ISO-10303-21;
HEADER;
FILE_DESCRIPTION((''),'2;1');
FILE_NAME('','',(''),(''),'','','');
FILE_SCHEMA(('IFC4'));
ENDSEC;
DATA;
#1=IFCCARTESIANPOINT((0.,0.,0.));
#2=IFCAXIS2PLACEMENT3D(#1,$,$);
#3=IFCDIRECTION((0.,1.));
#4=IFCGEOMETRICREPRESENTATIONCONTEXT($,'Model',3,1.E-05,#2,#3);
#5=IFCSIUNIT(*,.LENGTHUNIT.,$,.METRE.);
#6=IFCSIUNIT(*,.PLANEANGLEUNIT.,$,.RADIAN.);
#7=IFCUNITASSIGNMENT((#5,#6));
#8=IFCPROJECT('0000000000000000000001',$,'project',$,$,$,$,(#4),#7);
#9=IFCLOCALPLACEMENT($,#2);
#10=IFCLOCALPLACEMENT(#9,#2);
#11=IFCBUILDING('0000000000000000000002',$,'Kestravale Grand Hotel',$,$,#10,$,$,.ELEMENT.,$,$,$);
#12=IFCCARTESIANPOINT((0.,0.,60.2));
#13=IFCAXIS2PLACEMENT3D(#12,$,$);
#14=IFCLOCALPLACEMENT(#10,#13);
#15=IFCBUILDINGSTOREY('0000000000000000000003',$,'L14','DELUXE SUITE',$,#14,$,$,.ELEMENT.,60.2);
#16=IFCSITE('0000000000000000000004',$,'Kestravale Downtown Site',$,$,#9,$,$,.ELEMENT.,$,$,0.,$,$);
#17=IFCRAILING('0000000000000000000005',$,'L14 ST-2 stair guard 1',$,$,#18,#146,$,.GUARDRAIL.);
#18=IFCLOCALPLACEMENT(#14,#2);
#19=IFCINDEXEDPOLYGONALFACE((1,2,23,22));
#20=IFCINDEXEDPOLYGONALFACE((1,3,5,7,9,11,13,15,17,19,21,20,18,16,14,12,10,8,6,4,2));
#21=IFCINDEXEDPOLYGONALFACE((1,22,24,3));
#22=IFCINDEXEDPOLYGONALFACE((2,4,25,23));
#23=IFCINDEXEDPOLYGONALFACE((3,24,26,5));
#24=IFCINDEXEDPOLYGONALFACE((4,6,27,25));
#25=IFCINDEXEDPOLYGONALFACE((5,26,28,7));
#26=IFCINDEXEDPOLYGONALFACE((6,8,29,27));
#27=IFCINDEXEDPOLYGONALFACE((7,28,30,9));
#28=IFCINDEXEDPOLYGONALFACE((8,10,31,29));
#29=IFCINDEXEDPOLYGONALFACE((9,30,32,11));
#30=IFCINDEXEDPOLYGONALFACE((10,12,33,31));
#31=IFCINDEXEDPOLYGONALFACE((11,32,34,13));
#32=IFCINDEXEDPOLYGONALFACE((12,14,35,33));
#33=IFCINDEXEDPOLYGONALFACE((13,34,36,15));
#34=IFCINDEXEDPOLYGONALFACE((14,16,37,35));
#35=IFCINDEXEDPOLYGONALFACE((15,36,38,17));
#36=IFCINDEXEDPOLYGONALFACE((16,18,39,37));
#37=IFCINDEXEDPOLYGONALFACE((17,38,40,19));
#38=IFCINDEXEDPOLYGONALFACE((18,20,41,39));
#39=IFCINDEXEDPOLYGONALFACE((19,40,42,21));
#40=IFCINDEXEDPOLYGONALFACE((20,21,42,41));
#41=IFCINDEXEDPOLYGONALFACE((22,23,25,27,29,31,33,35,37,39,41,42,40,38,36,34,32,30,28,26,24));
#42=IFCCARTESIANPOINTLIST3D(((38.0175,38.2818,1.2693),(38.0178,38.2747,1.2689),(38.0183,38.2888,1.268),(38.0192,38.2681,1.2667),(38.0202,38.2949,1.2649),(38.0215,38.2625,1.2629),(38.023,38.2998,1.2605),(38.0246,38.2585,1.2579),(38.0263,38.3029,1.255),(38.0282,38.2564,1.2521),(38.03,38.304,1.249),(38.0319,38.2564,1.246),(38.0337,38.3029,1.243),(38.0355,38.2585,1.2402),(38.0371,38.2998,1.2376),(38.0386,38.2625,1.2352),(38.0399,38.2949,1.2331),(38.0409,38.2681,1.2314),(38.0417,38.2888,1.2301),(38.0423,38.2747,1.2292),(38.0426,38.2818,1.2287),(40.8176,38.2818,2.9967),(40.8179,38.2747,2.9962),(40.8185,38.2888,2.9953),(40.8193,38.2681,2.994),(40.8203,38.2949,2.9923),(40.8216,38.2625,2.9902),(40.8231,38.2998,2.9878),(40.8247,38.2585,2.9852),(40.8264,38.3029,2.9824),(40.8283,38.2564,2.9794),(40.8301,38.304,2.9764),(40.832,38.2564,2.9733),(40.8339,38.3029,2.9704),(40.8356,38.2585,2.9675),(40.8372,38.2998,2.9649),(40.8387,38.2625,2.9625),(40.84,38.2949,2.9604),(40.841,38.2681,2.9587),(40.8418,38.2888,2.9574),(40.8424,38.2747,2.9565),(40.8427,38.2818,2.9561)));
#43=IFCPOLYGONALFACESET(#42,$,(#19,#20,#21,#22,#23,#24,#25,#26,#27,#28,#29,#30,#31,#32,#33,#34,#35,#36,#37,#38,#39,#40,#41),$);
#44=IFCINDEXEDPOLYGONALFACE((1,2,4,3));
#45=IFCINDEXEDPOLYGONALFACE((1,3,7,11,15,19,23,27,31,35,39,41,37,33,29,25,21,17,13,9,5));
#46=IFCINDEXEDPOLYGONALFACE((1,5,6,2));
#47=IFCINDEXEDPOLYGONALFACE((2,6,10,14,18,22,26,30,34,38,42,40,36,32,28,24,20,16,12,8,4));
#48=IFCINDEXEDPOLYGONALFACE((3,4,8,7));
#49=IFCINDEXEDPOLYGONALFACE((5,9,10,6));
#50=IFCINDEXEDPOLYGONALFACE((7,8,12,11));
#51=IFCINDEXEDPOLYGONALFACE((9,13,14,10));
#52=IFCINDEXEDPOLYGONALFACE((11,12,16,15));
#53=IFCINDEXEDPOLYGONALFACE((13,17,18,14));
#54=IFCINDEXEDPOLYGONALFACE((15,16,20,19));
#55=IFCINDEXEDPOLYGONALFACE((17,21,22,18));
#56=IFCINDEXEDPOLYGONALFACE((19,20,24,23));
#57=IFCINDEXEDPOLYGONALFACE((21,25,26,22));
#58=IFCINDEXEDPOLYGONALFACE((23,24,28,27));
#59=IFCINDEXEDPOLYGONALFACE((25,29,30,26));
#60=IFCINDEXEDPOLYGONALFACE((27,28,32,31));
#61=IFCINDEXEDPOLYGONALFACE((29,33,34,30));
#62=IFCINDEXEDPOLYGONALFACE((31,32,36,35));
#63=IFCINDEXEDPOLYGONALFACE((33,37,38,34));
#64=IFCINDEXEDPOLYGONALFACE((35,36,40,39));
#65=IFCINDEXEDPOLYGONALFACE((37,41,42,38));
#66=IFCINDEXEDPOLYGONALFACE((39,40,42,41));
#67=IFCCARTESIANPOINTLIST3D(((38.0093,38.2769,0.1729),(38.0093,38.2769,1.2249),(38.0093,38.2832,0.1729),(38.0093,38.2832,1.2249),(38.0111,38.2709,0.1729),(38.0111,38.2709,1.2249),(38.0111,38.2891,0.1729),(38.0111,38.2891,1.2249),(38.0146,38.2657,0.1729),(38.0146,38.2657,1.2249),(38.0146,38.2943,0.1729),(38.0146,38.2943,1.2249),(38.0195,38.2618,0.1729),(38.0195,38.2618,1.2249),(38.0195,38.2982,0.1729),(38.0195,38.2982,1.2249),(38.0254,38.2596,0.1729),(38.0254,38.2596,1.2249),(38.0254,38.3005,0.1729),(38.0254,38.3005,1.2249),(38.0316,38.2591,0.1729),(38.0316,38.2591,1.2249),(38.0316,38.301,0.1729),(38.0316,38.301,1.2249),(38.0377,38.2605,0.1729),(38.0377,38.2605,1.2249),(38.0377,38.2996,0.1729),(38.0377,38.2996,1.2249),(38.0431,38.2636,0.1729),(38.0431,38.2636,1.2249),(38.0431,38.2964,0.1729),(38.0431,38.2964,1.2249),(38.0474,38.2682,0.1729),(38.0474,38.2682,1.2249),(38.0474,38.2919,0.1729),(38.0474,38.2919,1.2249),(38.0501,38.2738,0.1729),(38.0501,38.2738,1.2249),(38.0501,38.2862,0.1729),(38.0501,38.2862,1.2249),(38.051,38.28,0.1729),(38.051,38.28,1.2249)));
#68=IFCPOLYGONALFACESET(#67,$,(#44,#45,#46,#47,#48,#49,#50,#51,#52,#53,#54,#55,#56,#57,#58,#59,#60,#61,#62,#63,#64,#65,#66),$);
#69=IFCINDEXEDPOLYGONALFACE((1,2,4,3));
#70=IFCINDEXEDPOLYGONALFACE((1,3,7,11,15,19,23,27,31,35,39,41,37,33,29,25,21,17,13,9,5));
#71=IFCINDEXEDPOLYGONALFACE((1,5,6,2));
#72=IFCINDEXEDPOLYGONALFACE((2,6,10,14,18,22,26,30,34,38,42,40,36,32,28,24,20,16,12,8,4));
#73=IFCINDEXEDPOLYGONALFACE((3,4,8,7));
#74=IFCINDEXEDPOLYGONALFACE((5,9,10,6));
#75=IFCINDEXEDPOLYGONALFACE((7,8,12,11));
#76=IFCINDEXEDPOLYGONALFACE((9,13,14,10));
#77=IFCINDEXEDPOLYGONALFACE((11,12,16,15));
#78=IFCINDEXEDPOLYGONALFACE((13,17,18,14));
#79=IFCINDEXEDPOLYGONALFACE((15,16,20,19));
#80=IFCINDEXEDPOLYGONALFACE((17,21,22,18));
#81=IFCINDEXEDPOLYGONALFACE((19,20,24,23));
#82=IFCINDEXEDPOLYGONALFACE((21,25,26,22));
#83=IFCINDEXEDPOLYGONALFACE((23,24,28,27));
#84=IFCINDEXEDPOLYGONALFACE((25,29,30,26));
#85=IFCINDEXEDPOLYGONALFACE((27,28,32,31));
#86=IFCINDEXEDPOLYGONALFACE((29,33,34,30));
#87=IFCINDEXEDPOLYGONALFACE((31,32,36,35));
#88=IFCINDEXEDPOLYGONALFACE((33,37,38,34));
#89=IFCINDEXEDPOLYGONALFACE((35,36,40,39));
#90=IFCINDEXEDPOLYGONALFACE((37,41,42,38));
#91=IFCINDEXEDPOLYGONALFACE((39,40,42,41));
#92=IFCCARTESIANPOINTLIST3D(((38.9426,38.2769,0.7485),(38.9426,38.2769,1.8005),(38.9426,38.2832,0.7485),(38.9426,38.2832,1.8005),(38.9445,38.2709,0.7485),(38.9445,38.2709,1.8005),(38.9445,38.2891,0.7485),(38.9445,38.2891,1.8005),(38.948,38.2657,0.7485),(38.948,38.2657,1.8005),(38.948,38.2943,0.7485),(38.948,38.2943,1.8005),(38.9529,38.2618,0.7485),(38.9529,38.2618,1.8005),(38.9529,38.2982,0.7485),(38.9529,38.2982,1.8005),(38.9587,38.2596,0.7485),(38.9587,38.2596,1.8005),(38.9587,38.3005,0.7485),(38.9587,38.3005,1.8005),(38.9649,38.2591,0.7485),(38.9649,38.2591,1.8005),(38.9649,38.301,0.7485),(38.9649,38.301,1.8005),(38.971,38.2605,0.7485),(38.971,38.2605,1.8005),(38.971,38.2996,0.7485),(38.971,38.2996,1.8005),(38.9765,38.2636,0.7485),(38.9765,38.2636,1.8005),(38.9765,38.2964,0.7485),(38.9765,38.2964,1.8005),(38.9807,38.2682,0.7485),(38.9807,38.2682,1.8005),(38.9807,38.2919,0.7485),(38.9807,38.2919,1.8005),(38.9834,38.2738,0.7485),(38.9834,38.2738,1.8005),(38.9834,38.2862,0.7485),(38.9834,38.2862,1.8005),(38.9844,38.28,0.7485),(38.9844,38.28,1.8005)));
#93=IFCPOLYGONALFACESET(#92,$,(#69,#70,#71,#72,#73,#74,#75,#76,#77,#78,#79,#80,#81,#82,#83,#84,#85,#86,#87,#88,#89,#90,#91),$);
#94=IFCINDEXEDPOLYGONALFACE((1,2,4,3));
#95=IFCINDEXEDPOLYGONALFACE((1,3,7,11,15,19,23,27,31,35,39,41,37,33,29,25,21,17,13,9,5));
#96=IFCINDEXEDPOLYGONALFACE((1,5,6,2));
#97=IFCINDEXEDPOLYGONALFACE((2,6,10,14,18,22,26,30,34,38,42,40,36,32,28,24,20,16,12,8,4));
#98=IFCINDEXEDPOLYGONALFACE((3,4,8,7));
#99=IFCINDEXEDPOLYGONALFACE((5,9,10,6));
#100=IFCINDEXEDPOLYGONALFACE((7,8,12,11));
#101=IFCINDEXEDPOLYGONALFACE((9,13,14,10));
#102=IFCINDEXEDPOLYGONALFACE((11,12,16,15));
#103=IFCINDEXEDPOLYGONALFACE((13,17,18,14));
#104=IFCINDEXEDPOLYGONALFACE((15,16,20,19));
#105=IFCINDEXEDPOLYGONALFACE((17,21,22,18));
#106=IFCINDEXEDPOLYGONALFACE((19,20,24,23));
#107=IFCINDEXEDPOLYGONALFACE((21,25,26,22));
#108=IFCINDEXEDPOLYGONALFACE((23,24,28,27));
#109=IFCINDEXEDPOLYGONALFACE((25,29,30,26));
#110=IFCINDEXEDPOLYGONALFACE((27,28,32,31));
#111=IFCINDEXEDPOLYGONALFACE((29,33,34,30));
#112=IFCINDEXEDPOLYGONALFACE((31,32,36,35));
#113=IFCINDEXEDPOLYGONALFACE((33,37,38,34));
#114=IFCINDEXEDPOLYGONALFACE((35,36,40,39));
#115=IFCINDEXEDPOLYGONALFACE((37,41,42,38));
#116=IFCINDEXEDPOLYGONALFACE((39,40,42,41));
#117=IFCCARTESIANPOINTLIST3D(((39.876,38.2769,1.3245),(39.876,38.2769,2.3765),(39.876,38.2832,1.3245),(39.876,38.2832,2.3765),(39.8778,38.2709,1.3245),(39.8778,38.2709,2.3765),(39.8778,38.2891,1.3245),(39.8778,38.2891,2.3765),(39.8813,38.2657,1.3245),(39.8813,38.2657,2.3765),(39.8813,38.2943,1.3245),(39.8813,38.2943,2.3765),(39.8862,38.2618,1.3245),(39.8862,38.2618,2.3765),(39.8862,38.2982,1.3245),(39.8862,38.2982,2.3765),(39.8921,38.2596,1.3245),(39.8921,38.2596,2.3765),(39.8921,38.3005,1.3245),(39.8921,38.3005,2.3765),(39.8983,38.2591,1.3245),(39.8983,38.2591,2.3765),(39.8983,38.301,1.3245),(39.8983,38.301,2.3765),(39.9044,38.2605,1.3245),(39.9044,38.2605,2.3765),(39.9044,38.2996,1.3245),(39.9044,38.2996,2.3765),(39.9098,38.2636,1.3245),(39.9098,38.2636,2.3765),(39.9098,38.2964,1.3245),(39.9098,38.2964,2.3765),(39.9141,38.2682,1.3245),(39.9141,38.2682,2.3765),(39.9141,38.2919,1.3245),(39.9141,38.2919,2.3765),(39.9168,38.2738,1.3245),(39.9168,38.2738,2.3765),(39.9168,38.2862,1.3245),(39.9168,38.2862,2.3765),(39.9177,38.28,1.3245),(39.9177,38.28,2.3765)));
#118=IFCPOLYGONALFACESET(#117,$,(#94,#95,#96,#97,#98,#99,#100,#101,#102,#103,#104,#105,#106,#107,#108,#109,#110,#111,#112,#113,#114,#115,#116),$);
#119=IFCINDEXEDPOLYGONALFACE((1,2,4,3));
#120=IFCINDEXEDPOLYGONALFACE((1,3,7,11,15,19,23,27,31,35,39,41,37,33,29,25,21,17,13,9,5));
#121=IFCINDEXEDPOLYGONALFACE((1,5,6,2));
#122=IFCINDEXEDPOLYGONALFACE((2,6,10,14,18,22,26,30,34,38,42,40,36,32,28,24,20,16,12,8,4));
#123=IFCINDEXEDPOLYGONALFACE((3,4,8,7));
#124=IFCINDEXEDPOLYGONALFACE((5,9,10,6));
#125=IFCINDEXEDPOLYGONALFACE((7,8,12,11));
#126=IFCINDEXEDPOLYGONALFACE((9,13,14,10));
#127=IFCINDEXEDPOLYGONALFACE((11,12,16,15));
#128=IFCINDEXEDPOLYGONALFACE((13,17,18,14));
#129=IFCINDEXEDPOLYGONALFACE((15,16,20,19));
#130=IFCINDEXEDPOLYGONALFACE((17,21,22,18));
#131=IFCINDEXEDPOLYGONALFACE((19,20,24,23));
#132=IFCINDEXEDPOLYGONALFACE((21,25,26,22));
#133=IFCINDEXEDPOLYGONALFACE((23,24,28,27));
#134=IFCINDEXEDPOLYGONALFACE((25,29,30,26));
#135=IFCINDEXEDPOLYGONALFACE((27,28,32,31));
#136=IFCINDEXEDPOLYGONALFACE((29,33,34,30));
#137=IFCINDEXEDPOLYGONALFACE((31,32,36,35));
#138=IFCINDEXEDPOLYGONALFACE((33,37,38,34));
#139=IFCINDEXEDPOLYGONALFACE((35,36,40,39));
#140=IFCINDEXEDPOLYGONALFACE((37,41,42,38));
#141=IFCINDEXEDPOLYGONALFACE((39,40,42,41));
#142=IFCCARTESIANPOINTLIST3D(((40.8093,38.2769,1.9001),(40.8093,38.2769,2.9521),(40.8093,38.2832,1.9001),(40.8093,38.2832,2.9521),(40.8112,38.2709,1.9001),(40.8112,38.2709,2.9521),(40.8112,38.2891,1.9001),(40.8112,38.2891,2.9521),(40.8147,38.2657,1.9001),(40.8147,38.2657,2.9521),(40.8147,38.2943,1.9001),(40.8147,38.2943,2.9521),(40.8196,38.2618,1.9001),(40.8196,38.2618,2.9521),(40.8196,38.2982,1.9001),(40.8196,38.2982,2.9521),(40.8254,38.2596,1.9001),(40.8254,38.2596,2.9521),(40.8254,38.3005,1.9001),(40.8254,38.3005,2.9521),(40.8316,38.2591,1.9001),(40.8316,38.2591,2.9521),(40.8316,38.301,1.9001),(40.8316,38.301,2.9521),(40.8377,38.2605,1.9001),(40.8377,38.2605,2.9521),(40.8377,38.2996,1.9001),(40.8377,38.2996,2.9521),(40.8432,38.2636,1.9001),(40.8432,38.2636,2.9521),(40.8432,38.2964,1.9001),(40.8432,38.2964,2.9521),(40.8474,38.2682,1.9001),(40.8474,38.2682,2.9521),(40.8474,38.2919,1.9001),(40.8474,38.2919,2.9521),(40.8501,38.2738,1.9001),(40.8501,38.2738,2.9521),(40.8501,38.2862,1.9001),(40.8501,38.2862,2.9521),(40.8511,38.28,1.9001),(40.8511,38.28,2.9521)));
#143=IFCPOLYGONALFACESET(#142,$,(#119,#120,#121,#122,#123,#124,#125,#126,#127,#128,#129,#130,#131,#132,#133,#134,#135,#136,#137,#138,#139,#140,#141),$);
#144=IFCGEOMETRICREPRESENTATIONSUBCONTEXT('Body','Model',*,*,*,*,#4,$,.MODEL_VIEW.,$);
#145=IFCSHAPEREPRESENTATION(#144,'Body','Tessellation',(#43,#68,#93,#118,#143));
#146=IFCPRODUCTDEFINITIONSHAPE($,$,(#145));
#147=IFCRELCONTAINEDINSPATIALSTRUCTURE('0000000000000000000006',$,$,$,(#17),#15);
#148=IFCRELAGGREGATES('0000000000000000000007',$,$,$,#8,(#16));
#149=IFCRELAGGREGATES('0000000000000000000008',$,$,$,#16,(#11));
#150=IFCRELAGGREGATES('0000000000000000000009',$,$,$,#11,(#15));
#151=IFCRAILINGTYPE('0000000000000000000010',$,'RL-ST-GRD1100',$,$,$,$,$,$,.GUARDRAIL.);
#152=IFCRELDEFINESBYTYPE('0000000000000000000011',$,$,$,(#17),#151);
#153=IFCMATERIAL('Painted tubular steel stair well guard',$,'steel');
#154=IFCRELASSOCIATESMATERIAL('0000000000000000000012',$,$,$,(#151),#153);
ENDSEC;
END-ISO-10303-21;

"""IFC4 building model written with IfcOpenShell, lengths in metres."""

from ifc_helpers import new_model, si_unit, direction, frame, origin, origin_2d, place, context, subcontext, project, spatial, circle, extrude, material, type_object, element, save


model = new_model("IFC4")

# Units and contexts
model_context = context("Model", 3, precision=1e-05, world=origin(), true_north=direction((0.0, 1.0)))
body_context = subcontext(model_context, "Body", "Model", "MODEL_VIEW")
ifc_project = project(units=[si_unit("LENGTHUNIT", "METRE"), si_unit("PLANEANGLEUNIT", "RADIAN")], contexts=[model_context])

# Site, building, storey
site_placement = place(None, origin())
site = spatial("IfcSite", under=ifc_project, at=site_placement, Name="Kestravale Downtown Site", CompositionType="ELEMENT", RefElevation=0.0)
building_placement = place(site_placement, origin())
building = spatial("IfcBuilding", under=site, at=building_placement, Name="Kestravale Grand Hotel", CompositionType="ELEMENT")
storey_placement = place(building_placement, frame((0.0, 0.0, 60.2)))
storey = spatial("IfcBuildingStorey", under=building, at=storey_placement, Name="L14", Description="DELUXE SUITE", CompositionType="ELEMENT", Elevation=60.2)

# Railing
ifc_material_1 = material(Name="Painted tubular steel stair well guard", Category="steel")
railing_type_1 = type_object("IfcRailingType", Name="RL-ST-GRD1100", PredefinedType="GUARDRAIL", material=ifc_material_1)
railing_1_placement = place(storey_placement, frame((38.03, 38.28, 0.1729)))
element("IfcRailing", 1, at=railing_1_placement, inside=storey, type_object=railing_type_1, Name="L14 ST-2 stair guard 1", PredefinedType="GUARDRAIL", context=body_context, shape_type="SweptSolid", body=[
    extrude(circle(Radius=0.0239, at=origin_2d()), frame((0.0, 0.0, 1.0762), z_axis=(0.85109, 0.0, 0.52502), x_axis=(0.0, 1.0, 0.0)), (0.0, 0.0, 1.0), 3.29),
    extrude(circle(Radius=0.021, at=origin_2d()), origin(), (0.0, 0.0, 1.0), 1.052),
    extrude(circle(Radius=0.021, at=origin_2d()), frame((0.9333, 0.0, 0.5757)), (0.0, 0.0, 1.0), 1.052),
    extrude(circle(Radius=0.021, at=origin_2d()), frame((1.8667, 0.0, 1.1516)), (0.0, 0.0, 1.0), 1.052),
    extrude(circle(Radius=0.021, at=origin_2d()), frame((2.8, 0.0, 1.7273)), (0.0, 0.0, 1.0), 1.052),
])

save(model, "model.ifc")
